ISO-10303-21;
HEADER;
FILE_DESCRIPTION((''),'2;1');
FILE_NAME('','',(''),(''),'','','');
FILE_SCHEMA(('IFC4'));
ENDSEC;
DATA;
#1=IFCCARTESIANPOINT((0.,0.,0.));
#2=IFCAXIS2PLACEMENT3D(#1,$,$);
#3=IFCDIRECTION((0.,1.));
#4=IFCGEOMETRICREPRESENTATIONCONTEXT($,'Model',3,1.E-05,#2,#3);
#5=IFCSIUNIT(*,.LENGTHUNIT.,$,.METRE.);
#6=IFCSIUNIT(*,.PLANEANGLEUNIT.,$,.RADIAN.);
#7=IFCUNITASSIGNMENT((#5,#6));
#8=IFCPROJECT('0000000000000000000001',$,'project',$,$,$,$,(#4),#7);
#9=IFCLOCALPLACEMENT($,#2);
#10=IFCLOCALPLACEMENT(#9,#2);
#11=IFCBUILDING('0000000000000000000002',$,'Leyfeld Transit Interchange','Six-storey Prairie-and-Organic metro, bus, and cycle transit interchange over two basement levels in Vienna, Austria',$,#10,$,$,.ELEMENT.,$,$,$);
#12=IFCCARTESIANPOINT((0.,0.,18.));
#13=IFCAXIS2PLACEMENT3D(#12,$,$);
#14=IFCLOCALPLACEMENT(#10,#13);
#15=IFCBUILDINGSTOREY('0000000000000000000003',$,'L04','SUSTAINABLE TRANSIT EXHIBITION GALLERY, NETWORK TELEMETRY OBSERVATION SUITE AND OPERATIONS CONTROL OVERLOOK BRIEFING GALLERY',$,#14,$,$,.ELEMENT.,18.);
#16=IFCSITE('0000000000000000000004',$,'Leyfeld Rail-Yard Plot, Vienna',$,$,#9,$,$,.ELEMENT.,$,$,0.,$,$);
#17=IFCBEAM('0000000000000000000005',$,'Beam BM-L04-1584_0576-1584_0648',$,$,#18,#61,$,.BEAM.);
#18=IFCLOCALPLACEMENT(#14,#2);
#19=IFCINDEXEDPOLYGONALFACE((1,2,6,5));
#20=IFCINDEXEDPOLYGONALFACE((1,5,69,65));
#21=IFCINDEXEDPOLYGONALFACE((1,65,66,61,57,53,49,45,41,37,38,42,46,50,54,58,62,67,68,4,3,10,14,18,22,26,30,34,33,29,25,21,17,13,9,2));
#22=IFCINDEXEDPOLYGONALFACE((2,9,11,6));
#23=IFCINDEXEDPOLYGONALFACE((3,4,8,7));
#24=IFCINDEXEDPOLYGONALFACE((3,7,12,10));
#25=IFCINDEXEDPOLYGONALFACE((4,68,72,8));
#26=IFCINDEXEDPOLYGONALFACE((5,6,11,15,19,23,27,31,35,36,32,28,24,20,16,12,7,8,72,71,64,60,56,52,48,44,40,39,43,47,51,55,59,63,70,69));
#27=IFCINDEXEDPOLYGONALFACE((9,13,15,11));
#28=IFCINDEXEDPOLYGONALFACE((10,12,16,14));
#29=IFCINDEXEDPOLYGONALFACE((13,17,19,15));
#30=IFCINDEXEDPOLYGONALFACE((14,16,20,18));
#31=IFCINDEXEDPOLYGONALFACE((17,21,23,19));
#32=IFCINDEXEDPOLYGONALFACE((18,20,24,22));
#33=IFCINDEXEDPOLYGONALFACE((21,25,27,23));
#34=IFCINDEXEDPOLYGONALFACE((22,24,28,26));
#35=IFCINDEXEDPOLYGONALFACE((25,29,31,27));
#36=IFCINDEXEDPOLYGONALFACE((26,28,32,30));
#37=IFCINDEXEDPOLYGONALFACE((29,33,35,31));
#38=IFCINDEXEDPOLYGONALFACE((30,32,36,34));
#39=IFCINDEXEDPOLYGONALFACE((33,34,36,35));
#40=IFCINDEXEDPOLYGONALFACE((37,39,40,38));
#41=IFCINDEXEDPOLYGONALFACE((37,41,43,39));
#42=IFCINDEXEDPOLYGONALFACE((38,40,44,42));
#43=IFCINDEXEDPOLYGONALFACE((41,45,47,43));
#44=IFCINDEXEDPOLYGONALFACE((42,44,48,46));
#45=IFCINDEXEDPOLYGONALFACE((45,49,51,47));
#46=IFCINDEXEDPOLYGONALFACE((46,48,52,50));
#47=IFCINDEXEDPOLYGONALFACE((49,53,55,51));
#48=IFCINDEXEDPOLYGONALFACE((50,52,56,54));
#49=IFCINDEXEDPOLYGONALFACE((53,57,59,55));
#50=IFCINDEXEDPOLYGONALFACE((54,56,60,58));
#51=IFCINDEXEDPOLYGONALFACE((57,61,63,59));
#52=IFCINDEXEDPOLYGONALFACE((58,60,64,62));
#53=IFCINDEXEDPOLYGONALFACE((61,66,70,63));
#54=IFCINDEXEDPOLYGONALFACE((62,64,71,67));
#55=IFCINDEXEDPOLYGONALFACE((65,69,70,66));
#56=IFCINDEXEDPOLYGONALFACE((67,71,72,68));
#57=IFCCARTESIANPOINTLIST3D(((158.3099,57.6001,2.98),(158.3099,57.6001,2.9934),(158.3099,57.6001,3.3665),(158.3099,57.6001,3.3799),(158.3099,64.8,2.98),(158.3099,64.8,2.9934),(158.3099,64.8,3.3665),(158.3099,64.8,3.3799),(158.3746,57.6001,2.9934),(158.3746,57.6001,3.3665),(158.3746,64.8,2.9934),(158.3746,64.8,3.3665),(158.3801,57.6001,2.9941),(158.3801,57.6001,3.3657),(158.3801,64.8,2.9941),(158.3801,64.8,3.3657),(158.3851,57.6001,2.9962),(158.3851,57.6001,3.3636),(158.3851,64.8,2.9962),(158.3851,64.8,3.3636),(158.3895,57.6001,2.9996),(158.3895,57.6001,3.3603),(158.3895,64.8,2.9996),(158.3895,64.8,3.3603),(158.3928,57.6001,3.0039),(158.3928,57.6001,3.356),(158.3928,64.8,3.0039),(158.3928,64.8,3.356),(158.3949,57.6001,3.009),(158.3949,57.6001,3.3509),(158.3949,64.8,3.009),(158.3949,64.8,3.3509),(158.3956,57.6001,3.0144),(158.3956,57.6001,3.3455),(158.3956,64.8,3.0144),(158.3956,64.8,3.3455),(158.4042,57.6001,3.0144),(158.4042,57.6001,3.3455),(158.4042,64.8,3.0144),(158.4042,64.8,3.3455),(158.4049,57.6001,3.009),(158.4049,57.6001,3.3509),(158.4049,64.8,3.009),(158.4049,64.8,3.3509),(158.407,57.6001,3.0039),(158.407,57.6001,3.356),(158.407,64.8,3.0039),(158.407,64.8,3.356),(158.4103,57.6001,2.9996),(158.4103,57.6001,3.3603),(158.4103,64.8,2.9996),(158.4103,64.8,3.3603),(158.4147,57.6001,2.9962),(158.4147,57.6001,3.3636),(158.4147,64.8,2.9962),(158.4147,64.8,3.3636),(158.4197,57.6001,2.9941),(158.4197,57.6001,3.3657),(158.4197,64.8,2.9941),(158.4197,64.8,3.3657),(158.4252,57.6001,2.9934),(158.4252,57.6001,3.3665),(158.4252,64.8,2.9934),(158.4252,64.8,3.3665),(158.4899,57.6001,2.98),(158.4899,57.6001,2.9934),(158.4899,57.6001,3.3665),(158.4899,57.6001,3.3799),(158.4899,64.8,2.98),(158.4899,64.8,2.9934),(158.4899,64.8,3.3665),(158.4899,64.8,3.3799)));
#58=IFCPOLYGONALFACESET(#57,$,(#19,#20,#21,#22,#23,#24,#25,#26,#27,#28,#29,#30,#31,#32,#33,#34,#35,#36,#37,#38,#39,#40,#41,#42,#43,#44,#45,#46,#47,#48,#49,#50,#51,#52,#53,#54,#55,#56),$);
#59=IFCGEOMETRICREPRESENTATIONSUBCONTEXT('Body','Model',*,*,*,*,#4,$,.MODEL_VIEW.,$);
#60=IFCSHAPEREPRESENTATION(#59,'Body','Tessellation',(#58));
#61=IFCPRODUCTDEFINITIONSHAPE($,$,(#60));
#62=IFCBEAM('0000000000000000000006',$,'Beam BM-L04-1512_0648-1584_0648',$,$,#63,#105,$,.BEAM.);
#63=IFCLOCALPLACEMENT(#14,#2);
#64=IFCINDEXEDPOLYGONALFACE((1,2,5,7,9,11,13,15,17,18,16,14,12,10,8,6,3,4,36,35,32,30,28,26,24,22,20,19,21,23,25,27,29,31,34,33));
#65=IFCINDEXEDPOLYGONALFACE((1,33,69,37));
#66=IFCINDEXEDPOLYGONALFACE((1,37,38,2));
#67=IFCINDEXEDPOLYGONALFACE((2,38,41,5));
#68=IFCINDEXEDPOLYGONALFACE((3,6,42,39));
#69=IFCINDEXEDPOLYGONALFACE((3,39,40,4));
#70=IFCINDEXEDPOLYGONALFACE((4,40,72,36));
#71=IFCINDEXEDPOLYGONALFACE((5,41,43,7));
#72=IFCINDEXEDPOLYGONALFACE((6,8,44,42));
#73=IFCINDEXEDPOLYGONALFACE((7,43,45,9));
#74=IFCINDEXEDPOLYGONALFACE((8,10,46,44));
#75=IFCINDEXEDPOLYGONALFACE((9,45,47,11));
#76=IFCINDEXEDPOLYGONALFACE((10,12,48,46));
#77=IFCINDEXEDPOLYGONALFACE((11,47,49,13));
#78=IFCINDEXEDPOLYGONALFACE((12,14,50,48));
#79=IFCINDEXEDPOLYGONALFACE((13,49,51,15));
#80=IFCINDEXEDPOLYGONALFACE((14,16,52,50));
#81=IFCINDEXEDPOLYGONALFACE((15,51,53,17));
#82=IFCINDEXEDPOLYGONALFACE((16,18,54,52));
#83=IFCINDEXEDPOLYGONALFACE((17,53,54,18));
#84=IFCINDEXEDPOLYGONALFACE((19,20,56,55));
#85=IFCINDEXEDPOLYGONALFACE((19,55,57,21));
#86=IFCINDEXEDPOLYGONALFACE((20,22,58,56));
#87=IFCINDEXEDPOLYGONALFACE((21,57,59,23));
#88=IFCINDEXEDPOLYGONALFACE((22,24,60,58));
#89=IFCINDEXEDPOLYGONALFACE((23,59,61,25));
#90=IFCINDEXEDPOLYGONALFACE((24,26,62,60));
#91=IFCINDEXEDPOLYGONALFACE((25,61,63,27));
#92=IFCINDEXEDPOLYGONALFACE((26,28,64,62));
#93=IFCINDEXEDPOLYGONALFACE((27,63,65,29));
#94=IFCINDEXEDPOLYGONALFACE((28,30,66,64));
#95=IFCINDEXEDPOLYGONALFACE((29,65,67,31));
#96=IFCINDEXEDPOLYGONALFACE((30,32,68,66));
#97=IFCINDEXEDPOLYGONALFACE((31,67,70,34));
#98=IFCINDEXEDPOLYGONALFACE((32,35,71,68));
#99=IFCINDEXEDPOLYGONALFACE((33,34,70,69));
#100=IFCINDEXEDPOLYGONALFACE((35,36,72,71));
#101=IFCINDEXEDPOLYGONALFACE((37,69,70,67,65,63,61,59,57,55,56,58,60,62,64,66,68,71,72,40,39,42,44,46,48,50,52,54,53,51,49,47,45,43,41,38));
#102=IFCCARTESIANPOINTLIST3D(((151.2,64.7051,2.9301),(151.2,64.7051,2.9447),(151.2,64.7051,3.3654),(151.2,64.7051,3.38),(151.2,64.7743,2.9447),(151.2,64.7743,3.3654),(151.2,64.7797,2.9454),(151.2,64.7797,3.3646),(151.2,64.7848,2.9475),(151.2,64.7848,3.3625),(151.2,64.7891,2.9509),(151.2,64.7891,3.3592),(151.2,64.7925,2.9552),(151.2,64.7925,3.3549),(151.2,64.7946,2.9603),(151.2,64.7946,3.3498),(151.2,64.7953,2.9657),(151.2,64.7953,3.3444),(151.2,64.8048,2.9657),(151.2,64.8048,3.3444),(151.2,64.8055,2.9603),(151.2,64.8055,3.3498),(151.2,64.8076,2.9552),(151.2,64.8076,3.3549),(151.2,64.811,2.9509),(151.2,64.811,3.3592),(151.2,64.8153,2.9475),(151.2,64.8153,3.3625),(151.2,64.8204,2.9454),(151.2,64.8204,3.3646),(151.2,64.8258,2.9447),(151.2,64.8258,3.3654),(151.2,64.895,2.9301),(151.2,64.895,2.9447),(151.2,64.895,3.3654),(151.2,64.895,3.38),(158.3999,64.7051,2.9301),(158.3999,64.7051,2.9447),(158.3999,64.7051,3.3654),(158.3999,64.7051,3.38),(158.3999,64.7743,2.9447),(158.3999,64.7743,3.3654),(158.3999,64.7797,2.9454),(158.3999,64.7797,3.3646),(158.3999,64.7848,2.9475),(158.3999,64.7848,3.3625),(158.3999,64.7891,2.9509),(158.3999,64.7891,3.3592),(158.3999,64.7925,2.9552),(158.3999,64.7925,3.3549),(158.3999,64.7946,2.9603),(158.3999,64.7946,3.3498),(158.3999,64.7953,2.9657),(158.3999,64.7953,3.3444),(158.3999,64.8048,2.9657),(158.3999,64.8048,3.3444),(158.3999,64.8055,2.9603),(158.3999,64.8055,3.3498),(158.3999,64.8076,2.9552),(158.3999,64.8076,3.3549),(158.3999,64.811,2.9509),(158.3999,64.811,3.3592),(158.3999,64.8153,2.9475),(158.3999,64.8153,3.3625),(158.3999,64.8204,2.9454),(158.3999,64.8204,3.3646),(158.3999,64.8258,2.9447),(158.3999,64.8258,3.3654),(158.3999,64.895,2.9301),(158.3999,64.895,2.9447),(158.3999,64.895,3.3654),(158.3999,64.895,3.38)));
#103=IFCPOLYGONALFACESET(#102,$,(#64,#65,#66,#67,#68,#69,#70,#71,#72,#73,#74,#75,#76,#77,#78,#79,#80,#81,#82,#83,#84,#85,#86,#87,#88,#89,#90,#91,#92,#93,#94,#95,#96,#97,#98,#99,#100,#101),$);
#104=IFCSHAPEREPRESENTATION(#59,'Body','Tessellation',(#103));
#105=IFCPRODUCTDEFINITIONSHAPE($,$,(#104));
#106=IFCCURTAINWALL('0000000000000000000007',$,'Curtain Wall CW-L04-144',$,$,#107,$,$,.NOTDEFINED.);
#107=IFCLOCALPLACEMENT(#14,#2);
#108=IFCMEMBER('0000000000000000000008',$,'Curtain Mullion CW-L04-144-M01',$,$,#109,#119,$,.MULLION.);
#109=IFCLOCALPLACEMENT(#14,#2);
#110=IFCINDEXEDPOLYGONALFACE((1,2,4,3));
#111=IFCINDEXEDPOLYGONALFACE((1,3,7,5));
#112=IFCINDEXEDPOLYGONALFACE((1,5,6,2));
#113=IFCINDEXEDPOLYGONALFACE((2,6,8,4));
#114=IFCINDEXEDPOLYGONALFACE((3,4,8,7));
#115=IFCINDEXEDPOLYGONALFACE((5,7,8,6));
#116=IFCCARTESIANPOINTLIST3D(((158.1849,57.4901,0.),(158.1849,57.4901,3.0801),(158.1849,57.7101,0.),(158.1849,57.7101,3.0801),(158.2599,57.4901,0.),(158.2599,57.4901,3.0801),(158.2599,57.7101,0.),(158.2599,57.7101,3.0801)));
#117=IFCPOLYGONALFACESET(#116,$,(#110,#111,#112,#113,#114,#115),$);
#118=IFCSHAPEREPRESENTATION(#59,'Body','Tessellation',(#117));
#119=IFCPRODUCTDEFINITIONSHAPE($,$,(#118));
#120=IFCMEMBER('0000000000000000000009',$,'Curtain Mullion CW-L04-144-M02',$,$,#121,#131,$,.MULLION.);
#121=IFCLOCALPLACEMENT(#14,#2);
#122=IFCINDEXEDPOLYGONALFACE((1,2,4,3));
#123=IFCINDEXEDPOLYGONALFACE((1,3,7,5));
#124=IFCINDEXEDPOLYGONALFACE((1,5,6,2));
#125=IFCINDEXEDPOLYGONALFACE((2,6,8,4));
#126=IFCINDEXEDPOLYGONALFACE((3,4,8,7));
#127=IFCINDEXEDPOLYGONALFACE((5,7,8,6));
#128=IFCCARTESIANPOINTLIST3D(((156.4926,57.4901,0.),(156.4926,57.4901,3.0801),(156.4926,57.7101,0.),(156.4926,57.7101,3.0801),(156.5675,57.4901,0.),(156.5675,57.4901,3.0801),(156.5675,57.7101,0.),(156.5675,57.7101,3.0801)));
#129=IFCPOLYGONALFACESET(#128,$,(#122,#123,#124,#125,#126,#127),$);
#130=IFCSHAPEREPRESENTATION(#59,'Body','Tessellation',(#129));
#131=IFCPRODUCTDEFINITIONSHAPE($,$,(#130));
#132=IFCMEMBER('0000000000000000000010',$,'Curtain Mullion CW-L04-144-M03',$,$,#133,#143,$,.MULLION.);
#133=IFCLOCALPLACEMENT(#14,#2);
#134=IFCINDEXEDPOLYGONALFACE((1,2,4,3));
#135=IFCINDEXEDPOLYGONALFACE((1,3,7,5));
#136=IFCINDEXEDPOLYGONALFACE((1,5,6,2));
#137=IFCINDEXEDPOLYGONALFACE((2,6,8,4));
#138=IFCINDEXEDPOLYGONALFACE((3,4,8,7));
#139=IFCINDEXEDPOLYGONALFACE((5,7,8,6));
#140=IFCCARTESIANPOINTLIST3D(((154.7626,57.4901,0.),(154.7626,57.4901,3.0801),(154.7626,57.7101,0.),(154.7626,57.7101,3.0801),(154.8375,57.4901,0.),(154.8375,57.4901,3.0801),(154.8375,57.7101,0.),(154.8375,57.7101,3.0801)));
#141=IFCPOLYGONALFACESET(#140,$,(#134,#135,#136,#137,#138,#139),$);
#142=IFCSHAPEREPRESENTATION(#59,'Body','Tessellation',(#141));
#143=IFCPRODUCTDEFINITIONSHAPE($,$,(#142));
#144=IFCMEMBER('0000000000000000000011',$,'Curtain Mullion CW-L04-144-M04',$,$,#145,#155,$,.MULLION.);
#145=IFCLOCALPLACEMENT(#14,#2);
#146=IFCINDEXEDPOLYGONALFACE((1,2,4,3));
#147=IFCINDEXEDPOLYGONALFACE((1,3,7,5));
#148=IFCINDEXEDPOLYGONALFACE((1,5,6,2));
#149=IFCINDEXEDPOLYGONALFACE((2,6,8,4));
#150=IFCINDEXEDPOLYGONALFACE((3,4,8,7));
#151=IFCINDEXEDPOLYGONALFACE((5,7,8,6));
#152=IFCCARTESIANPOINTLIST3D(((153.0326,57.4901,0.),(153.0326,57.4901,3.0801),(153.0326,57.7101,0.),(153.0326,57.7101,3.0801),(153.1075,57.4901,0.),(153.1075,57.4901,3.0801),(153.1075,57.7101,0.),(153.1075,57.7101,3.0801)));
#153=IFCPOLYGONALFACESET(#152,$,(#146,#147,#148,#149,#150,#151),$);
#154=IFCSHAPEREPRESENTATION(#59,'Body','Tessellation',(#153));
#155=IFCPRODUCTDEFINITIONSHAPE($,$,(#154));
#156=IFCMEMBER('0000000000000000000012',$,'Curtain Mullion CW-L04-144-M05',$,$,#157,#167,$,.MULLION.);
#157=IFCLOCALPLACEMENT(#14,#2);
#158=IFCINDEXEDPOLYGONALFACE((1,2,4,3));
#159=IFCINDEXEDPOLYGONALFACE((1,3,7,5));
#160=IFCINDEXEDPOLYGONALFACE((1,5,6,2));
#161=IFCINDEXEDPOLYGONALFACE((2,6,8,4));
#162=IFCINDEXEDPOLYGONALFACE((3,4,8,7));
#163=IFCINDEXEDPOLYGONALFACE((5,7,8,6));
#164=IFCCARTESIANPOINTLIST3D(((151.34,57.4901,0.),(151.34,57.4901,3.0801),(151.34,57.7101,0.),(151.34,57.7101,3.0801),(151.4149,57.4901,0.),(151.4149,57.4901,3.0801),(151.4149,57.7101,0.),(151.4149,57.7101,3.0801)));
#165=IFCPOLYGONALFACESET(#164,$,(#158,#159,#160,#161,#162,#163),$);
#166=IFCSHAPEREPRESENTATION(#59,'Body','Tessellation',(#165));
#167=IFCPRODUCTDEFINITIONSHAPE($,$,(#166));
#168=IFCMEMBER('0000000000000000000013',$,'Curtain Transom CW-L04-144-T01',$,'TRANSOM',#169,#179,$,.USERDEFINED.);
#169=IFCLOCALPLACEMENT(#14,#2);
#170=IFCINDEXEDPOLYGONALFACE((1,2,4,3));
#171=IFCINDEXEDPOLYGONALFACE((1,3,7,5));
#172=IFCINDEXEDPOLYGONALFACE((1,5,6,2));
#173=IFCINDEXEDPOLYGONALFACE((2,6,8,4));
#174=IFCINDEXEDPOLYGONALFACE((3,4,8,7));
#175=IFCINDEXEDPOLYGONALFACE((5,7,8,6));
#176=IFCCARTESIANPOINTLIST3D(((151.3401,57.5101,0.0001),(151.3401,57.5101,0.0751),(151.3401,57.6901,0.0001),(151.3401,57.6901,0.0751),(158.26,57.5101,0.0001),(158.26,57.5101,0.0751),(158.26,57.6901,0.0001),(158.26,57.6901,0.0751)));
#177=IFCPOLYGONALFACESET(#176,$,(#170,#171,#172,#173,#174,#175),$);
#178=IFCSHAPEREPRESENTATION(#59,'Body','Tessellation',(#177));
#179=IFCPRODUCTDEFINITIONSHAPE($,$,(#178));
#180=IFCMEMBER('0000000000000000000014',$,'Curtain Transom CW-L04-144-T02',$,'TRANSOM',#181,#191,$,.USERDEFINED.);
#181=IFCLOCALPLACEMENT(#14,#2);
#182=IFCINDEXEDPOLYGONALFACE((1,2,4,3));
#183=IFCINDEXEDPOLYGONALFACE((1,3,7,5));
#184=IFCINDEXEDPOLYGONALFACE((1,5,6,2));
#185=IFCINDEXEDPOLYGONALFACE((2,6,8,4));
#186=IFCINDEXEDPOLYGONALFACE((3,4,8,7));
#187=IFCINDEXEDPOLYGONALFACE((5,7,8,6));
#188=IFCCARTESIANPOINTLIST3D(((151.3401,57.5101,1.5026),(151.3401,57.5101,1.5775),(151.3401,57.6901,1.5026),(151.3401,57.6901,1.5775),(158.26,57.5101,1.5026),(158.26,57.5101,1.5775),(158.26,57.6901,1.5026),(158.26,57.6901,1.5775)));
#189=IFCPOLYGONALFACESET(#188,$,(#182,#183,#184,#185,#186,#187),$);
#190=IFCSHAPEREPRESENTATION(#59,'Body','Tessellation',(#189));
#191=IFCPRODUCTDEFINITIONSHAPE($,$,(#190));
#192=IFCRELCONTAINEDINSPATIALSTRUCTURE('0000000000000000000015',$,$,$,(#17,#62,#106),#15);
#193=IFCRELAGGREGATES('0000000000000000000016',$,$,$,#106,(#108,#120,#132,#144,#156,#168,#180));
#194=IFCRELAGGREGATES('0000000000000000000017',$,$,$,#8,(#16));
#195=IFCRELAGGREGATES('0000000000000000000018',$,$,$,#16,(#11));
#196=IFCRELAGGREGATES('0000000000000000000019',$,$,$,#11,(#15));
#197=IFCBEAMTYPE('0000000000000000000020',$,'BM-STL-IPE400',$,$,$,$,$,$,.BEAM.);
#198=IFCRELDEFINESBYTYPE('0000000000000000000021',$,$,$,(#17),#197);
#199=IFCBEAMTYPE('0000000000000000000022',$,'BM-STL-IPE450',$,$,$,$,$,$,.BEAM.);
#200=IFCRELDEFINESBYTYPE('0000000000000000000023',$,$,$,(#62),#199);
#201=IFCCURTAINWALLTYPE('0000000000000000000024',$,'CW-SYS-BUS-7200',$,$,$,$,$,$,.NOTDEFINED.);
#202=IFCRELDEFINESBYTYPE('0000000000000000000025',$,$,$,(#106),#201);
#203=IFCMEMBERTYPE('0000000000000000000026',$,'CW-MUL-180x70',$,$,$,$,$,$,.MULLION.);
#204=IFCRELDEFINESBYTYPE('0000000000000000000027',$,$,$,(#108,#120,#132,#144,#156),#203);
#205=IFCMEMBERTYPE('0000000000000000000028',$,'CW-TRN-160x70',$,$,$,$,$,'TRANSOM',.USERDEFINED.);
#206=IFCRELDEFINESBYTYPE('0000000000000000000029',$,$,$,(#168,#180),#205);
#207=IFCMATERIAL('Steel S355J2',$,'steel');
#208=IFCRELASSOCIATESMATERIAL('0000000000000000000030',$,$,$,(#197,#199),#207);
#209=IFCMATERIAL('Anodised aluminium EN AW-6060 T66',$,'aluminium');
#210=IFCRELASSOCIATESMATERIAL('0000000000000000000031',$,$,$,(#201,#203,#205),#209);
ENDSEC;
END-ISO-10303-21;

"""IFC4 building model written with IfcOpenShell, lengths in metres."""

from ifc_helpers import new_model, si_unit, direction, frame, origin, origin_2d, place, context, subcontext, project, spatial, rectangle, i_section, extrude, material, material_profile, profile_set, type_object, element, aggregate, save


model = new_model("IFC4")

# Units and contexts
model_context = context("Model", 3, precision=1e-05, world=origin(), true_north=direction((0.0, 1.0)))
body_context = subcontext(model_context, "Body", "Model", "MODEL_VIEW")
ifc_project = project(units=[si_unit("LENGTHUNIT", "METRE"), si_unit("PLANEANGLEUNIT", "RADIAN")], contexts=[model_context])

# Site, building, storey
site_placement = place(None, origin())
site = spatial("IfcSite", under=ifc_project, at=site_placement, Name="Leyfeld Rail-Yard Plot, Vienna", CompositionType="ELEMENT", RefElevation=0.0)
building_placement = place(site_placement, origin())
building = spatial("IfcBuilding", under=site, at=building_placement, Name="Leyfeld Transit Interchange", Description="Six-storey Prairie-and-Organic metro, bus, and cycle transit interchange over two basement levels in Vienna, Austria", CompositionType="ELEMENT")
storey_placement = place(building_placement, frame((0.0, 0.0, 18.0)))
storey = spatial("IfcBuildingStorey", under=building, at=storey_placement, Name="L04", Description="SUSTAINABLE TRANSIT EXHIBITION GALLERY, NETWORK TELEMETRY OBSERVATION SUITE AND OPERATIONS CONTROL OVERLOOK BRIEFING GALLERY", CompositionType="ELEMENT", Elevation=18.0)

# Shared definitions
ifc_material_1 = material(Name="Steel S355J2", Category="steel")

# Beams
ifc_material_profile_1 = material_profile(ifc_material_1, i_section(OverallWidth=0.1799, OverallDepth=0.3999, WebThickness=0.0085, FlangeThickness=0.0134, FilletRadius=0.021, at=origin_2d()), Name="IPE 400")
ifc_profile_set_1 = profile_set([ifc_material_profile_1], Name="Steel S355J2")
beam_type_1 = type_object("IfcBeamType", Name="BM-STL-IPE400", PredefinedType="BEAM", material=ifc_profile_set_1)
for number, where, z_axis, x_axis, name in (
    (1, (158.3999, 57.6001, 3.1799), (0.0, 1.0, 0.0), (-1.0, 0.0, 0.0), "Beam BM-L04-1584_0576-1584_0648"),
):
    element("IfcBeam", number, at=place(storey_placement, frame(where, z_axis=z_axis, x_axis=x_axis)), inside=storey, type_object=beam_type_1, Name=name, PredefinedType="BEAM", context=body_context, shape_type="SweptSolid", body=[
        extrude(i_section(OverallWidth=0.1799, OverallDepth=0.3999, WebThickness=0.0085, FlangeThickness=0.0134, FilletRadius=0.021, at=origin_2d()), origin(), (0.0, 0.0, 1.0), 7.2),
    ])
ifc_material_profile_2 = material_profile(ifc_material_1, i_section(OverallWidth=0.1899, OverallDepth=0.45, WebThickness=0.0095, FlangeThickness=0.0146, FilletRadius=0.021, at=origin_2d()), Name="IPE 450")
ifc_profile_set_2 = profile_set([ifc_material_profile_2], Name="Steel S355J2")
beam_type_2 = type_object("IfcBeamType", Name="BM-STL-IPE450", PredefinedType="BEAM", material=ifc_profile_set_2)
beam_1_placement = place(storey_placement, frame((151.2, 64.8, 3.155), z_axis=(1.0, 0.0, 0.0), x_axis=(0.0, 1.0, 0.0)))
element("IfcBeam", 2, at=beam_1_placement, inside=storey, type_object=beam_type_2, Name="Beam BM-L04-1512_0648-1584_0648", PredefinedType="BEAM", context=body_context, shape_type="SweptSolid", body=[
    extrude(i_section(OverallWidth=0.1899, OverallDepth=0.45, WebThickness=0.0095, FlangeThickness=0.0146, FilletRadius=0.021, at=origin_2d()), origin(), (0.0, 0.0, 1.0), 7.2),
])

# Curtain wall, members
ifc_material_2 = material(Name="Anodised aluminium EN AW-6060 T66", Category="aluminium")
curtain_wall_type = type_object("IfcCurtainWallType", Name="CW-SYS-BUS-7200", PredefinedType="NOTDEFINED", material=ifc_material_2)
curtain_wall_placement = place(storey_placement, origin())
curtain_wall = element("IfcCurtainWall", 3, at=curtain_wall_placement, inside=storey, type_object=curtain_wall_type, Name="Curtain Wall CW-L04-144", PredefinedType="NOTDEFINED")
ifc_material_profile_3 = material_profile(ifc_material_2, rectangle(XDim=0.075, YDim=0.22, at=origin_2d()), Name="CW-M 75x220")
ifc_profile_set_3 = profile_set([ifc_material_profile_3], Name="Anodised aluminium EN AW-6060 T66")
member_type_1 = type_object("IfcMemberType", Name="CW-MUL-180x70", PredefinedType="MULLION", material=ifc_profile_set_3)
member_1_placement = place(storey_placement, frame((158.2224, 57.6001, 0.0), z_axis=(0.0, 0.0, 1.0), x_axis=(-1.0, 0.0, 0.0)))
member_1 = element("IfcMember", 4, at=member_1_placement, type_object=member_type_1, Name="Curtain Mullion CW-L04-144-M01", PredefinedType="MULLION", context=body_context, shape_type="SweptSolid", body=[
    extrude(rectangle(XDim=0.075, YDim=0.22, at=origin_2d()), origin(), (0.0, 0.0, 1.0), 3.0801),
])
member_2_placement = place(storey_placement, frame((156.53, 57.6001, 0.0), z_axis=(0.0, 0.0, 1.0), x_axis=(-1.0, 0.0, 0.0)))
member_2 = element("IfcMember", 5, at=member_2_placement, type_object=member_type_1, Name="Curtain Mullion CW-L04-144-M02", PredefinedType="MULLION", context=body_context, shape_type="SweptSolid", body=[
    extrude(rectangle(XDim=0.075, YDim=0.22, at=origin_2d()), origin(), (0.0, 0.0, 1.0), 3.0801),
])
member_3_placement = place(storey_placement, frame((154.8, 57.6001, 0.0), z_axis=(0.0, 0.0, 1.0), x_axis=(-1.0, 0.0, 0.0)))
member_3 = element("IfcMember", 6, at=member_3_placement, type_object=member_type_1, Name="Curtain Mullion CW-L04-144-M03", PredefinedType="MULLION", context=body_context, shape_type="SweptSolid", body=[
    extrude(rectangle(XDim=0.075, YDim=0.22, at=origin_2d()), origin(), (0.0, 0.0, 1.0), 3.0801),
])
member_4_placement = place(storey_placement, frame((153.0701, 57.6001, 0.0), z_axis=(0.0, 0.0, 1.0), x_axis=(-1.0, 0.0, 0.0)))
member_4 = element("IfcMember", 7, at=member_4_placement, type_object=member_type_1, Name="Curtain Mullion CW-L04-144-M04", PredefinedType="MULLION", context=body_context, shape_type="SweptSolid", body=[
    extrude(rectangle(XDim=0.075, YDim=0.22, at=origin_2d()), origin(), (0.0, 0.0, 1.0), 3.0801),
])
member_5_placement = place(storey_placement, frame((151.3774, 57.6001, 0.0), z_axis=(0.0, 0.0, 1.0), x_axis=(-1.0, 0.0, 0.0)))
member_5 = element("IfcMember", 8, at=member_5_placement, type_object=member_type_1, Name="Curtain Mullion CW-L04-144-M05", PredefinedType="MULLION", context=body_context, shape_type="SweptSolid", body=[
    extrude(rectangle(XDim=0.075, YDim=0.22, at=origin_2d()), origin(), (0.0, 0.0, 1.0), 3.0801),
])
ifc_material_profile_4 = material_profile(ifc_material_2, rectangle(XDim=0.1799, YDim=0.075, at=origin_2d()), Name="CW-TRN-160x70")
ifc_profile_set_4 = profile_set([ifc_material_profile_4], Name="Anodised aluminium EN AW-6060 T66")
member_type_2 = type_object("IfcMemberType", Name="CW-TRN-160x70", ElementType="TRANSOM", PredefinedType="USERDEFINED", material=ifc_profile_set_4)
member_6_placement = place(storey_placement, frame((158.26, 57.6001, 0.0376), z_axis=(-1.0, 0.0, 0.0), x_axis=(0.0, -1.0, 0.0)))
member_6 = element("IfcMember", 9, at=member_6_placement, type_object=member_type_2, Name="Curtain Transom CW-L04-144-T01", ObjectType="TRANSOM", PredefinedType="USERDEFINED", context=body_context, shape_type="SweptSolid", body=[
    extrude(rectangle(XDim=0.1799, YDim=0.075, at=origin_2d()), origin(), (0.0, 0.0, 1.0), 6.9199),
])
member_7_placement = place(storey_placement, frame((158.26, 57.6001, 1.54), z_axis=(-1.0, 0.0, 0.0), x_axis=(0.0, -1.0, 0.0)))
member_7 = element("IfcMember", 10, at=member_7_placement, type_object=member_type_2, Name="Curtain Transom CW-L04-144-T02", ObjectType="TRANSOM", PredefinedType="USERDEFINED", context=body_context, shape_type="SweptSolid", body=[
    extrude(rectangle(XDim=0.1799, YDim=0.075, at=origin_2d()), origin(), (0.0, 0.0, 1.0), 6.9199),
])
aggregate(curtain_wall, [member_1, member_2, member_3, member_4, member_5, member_6, member_7])

save(model, "model.ifc")
